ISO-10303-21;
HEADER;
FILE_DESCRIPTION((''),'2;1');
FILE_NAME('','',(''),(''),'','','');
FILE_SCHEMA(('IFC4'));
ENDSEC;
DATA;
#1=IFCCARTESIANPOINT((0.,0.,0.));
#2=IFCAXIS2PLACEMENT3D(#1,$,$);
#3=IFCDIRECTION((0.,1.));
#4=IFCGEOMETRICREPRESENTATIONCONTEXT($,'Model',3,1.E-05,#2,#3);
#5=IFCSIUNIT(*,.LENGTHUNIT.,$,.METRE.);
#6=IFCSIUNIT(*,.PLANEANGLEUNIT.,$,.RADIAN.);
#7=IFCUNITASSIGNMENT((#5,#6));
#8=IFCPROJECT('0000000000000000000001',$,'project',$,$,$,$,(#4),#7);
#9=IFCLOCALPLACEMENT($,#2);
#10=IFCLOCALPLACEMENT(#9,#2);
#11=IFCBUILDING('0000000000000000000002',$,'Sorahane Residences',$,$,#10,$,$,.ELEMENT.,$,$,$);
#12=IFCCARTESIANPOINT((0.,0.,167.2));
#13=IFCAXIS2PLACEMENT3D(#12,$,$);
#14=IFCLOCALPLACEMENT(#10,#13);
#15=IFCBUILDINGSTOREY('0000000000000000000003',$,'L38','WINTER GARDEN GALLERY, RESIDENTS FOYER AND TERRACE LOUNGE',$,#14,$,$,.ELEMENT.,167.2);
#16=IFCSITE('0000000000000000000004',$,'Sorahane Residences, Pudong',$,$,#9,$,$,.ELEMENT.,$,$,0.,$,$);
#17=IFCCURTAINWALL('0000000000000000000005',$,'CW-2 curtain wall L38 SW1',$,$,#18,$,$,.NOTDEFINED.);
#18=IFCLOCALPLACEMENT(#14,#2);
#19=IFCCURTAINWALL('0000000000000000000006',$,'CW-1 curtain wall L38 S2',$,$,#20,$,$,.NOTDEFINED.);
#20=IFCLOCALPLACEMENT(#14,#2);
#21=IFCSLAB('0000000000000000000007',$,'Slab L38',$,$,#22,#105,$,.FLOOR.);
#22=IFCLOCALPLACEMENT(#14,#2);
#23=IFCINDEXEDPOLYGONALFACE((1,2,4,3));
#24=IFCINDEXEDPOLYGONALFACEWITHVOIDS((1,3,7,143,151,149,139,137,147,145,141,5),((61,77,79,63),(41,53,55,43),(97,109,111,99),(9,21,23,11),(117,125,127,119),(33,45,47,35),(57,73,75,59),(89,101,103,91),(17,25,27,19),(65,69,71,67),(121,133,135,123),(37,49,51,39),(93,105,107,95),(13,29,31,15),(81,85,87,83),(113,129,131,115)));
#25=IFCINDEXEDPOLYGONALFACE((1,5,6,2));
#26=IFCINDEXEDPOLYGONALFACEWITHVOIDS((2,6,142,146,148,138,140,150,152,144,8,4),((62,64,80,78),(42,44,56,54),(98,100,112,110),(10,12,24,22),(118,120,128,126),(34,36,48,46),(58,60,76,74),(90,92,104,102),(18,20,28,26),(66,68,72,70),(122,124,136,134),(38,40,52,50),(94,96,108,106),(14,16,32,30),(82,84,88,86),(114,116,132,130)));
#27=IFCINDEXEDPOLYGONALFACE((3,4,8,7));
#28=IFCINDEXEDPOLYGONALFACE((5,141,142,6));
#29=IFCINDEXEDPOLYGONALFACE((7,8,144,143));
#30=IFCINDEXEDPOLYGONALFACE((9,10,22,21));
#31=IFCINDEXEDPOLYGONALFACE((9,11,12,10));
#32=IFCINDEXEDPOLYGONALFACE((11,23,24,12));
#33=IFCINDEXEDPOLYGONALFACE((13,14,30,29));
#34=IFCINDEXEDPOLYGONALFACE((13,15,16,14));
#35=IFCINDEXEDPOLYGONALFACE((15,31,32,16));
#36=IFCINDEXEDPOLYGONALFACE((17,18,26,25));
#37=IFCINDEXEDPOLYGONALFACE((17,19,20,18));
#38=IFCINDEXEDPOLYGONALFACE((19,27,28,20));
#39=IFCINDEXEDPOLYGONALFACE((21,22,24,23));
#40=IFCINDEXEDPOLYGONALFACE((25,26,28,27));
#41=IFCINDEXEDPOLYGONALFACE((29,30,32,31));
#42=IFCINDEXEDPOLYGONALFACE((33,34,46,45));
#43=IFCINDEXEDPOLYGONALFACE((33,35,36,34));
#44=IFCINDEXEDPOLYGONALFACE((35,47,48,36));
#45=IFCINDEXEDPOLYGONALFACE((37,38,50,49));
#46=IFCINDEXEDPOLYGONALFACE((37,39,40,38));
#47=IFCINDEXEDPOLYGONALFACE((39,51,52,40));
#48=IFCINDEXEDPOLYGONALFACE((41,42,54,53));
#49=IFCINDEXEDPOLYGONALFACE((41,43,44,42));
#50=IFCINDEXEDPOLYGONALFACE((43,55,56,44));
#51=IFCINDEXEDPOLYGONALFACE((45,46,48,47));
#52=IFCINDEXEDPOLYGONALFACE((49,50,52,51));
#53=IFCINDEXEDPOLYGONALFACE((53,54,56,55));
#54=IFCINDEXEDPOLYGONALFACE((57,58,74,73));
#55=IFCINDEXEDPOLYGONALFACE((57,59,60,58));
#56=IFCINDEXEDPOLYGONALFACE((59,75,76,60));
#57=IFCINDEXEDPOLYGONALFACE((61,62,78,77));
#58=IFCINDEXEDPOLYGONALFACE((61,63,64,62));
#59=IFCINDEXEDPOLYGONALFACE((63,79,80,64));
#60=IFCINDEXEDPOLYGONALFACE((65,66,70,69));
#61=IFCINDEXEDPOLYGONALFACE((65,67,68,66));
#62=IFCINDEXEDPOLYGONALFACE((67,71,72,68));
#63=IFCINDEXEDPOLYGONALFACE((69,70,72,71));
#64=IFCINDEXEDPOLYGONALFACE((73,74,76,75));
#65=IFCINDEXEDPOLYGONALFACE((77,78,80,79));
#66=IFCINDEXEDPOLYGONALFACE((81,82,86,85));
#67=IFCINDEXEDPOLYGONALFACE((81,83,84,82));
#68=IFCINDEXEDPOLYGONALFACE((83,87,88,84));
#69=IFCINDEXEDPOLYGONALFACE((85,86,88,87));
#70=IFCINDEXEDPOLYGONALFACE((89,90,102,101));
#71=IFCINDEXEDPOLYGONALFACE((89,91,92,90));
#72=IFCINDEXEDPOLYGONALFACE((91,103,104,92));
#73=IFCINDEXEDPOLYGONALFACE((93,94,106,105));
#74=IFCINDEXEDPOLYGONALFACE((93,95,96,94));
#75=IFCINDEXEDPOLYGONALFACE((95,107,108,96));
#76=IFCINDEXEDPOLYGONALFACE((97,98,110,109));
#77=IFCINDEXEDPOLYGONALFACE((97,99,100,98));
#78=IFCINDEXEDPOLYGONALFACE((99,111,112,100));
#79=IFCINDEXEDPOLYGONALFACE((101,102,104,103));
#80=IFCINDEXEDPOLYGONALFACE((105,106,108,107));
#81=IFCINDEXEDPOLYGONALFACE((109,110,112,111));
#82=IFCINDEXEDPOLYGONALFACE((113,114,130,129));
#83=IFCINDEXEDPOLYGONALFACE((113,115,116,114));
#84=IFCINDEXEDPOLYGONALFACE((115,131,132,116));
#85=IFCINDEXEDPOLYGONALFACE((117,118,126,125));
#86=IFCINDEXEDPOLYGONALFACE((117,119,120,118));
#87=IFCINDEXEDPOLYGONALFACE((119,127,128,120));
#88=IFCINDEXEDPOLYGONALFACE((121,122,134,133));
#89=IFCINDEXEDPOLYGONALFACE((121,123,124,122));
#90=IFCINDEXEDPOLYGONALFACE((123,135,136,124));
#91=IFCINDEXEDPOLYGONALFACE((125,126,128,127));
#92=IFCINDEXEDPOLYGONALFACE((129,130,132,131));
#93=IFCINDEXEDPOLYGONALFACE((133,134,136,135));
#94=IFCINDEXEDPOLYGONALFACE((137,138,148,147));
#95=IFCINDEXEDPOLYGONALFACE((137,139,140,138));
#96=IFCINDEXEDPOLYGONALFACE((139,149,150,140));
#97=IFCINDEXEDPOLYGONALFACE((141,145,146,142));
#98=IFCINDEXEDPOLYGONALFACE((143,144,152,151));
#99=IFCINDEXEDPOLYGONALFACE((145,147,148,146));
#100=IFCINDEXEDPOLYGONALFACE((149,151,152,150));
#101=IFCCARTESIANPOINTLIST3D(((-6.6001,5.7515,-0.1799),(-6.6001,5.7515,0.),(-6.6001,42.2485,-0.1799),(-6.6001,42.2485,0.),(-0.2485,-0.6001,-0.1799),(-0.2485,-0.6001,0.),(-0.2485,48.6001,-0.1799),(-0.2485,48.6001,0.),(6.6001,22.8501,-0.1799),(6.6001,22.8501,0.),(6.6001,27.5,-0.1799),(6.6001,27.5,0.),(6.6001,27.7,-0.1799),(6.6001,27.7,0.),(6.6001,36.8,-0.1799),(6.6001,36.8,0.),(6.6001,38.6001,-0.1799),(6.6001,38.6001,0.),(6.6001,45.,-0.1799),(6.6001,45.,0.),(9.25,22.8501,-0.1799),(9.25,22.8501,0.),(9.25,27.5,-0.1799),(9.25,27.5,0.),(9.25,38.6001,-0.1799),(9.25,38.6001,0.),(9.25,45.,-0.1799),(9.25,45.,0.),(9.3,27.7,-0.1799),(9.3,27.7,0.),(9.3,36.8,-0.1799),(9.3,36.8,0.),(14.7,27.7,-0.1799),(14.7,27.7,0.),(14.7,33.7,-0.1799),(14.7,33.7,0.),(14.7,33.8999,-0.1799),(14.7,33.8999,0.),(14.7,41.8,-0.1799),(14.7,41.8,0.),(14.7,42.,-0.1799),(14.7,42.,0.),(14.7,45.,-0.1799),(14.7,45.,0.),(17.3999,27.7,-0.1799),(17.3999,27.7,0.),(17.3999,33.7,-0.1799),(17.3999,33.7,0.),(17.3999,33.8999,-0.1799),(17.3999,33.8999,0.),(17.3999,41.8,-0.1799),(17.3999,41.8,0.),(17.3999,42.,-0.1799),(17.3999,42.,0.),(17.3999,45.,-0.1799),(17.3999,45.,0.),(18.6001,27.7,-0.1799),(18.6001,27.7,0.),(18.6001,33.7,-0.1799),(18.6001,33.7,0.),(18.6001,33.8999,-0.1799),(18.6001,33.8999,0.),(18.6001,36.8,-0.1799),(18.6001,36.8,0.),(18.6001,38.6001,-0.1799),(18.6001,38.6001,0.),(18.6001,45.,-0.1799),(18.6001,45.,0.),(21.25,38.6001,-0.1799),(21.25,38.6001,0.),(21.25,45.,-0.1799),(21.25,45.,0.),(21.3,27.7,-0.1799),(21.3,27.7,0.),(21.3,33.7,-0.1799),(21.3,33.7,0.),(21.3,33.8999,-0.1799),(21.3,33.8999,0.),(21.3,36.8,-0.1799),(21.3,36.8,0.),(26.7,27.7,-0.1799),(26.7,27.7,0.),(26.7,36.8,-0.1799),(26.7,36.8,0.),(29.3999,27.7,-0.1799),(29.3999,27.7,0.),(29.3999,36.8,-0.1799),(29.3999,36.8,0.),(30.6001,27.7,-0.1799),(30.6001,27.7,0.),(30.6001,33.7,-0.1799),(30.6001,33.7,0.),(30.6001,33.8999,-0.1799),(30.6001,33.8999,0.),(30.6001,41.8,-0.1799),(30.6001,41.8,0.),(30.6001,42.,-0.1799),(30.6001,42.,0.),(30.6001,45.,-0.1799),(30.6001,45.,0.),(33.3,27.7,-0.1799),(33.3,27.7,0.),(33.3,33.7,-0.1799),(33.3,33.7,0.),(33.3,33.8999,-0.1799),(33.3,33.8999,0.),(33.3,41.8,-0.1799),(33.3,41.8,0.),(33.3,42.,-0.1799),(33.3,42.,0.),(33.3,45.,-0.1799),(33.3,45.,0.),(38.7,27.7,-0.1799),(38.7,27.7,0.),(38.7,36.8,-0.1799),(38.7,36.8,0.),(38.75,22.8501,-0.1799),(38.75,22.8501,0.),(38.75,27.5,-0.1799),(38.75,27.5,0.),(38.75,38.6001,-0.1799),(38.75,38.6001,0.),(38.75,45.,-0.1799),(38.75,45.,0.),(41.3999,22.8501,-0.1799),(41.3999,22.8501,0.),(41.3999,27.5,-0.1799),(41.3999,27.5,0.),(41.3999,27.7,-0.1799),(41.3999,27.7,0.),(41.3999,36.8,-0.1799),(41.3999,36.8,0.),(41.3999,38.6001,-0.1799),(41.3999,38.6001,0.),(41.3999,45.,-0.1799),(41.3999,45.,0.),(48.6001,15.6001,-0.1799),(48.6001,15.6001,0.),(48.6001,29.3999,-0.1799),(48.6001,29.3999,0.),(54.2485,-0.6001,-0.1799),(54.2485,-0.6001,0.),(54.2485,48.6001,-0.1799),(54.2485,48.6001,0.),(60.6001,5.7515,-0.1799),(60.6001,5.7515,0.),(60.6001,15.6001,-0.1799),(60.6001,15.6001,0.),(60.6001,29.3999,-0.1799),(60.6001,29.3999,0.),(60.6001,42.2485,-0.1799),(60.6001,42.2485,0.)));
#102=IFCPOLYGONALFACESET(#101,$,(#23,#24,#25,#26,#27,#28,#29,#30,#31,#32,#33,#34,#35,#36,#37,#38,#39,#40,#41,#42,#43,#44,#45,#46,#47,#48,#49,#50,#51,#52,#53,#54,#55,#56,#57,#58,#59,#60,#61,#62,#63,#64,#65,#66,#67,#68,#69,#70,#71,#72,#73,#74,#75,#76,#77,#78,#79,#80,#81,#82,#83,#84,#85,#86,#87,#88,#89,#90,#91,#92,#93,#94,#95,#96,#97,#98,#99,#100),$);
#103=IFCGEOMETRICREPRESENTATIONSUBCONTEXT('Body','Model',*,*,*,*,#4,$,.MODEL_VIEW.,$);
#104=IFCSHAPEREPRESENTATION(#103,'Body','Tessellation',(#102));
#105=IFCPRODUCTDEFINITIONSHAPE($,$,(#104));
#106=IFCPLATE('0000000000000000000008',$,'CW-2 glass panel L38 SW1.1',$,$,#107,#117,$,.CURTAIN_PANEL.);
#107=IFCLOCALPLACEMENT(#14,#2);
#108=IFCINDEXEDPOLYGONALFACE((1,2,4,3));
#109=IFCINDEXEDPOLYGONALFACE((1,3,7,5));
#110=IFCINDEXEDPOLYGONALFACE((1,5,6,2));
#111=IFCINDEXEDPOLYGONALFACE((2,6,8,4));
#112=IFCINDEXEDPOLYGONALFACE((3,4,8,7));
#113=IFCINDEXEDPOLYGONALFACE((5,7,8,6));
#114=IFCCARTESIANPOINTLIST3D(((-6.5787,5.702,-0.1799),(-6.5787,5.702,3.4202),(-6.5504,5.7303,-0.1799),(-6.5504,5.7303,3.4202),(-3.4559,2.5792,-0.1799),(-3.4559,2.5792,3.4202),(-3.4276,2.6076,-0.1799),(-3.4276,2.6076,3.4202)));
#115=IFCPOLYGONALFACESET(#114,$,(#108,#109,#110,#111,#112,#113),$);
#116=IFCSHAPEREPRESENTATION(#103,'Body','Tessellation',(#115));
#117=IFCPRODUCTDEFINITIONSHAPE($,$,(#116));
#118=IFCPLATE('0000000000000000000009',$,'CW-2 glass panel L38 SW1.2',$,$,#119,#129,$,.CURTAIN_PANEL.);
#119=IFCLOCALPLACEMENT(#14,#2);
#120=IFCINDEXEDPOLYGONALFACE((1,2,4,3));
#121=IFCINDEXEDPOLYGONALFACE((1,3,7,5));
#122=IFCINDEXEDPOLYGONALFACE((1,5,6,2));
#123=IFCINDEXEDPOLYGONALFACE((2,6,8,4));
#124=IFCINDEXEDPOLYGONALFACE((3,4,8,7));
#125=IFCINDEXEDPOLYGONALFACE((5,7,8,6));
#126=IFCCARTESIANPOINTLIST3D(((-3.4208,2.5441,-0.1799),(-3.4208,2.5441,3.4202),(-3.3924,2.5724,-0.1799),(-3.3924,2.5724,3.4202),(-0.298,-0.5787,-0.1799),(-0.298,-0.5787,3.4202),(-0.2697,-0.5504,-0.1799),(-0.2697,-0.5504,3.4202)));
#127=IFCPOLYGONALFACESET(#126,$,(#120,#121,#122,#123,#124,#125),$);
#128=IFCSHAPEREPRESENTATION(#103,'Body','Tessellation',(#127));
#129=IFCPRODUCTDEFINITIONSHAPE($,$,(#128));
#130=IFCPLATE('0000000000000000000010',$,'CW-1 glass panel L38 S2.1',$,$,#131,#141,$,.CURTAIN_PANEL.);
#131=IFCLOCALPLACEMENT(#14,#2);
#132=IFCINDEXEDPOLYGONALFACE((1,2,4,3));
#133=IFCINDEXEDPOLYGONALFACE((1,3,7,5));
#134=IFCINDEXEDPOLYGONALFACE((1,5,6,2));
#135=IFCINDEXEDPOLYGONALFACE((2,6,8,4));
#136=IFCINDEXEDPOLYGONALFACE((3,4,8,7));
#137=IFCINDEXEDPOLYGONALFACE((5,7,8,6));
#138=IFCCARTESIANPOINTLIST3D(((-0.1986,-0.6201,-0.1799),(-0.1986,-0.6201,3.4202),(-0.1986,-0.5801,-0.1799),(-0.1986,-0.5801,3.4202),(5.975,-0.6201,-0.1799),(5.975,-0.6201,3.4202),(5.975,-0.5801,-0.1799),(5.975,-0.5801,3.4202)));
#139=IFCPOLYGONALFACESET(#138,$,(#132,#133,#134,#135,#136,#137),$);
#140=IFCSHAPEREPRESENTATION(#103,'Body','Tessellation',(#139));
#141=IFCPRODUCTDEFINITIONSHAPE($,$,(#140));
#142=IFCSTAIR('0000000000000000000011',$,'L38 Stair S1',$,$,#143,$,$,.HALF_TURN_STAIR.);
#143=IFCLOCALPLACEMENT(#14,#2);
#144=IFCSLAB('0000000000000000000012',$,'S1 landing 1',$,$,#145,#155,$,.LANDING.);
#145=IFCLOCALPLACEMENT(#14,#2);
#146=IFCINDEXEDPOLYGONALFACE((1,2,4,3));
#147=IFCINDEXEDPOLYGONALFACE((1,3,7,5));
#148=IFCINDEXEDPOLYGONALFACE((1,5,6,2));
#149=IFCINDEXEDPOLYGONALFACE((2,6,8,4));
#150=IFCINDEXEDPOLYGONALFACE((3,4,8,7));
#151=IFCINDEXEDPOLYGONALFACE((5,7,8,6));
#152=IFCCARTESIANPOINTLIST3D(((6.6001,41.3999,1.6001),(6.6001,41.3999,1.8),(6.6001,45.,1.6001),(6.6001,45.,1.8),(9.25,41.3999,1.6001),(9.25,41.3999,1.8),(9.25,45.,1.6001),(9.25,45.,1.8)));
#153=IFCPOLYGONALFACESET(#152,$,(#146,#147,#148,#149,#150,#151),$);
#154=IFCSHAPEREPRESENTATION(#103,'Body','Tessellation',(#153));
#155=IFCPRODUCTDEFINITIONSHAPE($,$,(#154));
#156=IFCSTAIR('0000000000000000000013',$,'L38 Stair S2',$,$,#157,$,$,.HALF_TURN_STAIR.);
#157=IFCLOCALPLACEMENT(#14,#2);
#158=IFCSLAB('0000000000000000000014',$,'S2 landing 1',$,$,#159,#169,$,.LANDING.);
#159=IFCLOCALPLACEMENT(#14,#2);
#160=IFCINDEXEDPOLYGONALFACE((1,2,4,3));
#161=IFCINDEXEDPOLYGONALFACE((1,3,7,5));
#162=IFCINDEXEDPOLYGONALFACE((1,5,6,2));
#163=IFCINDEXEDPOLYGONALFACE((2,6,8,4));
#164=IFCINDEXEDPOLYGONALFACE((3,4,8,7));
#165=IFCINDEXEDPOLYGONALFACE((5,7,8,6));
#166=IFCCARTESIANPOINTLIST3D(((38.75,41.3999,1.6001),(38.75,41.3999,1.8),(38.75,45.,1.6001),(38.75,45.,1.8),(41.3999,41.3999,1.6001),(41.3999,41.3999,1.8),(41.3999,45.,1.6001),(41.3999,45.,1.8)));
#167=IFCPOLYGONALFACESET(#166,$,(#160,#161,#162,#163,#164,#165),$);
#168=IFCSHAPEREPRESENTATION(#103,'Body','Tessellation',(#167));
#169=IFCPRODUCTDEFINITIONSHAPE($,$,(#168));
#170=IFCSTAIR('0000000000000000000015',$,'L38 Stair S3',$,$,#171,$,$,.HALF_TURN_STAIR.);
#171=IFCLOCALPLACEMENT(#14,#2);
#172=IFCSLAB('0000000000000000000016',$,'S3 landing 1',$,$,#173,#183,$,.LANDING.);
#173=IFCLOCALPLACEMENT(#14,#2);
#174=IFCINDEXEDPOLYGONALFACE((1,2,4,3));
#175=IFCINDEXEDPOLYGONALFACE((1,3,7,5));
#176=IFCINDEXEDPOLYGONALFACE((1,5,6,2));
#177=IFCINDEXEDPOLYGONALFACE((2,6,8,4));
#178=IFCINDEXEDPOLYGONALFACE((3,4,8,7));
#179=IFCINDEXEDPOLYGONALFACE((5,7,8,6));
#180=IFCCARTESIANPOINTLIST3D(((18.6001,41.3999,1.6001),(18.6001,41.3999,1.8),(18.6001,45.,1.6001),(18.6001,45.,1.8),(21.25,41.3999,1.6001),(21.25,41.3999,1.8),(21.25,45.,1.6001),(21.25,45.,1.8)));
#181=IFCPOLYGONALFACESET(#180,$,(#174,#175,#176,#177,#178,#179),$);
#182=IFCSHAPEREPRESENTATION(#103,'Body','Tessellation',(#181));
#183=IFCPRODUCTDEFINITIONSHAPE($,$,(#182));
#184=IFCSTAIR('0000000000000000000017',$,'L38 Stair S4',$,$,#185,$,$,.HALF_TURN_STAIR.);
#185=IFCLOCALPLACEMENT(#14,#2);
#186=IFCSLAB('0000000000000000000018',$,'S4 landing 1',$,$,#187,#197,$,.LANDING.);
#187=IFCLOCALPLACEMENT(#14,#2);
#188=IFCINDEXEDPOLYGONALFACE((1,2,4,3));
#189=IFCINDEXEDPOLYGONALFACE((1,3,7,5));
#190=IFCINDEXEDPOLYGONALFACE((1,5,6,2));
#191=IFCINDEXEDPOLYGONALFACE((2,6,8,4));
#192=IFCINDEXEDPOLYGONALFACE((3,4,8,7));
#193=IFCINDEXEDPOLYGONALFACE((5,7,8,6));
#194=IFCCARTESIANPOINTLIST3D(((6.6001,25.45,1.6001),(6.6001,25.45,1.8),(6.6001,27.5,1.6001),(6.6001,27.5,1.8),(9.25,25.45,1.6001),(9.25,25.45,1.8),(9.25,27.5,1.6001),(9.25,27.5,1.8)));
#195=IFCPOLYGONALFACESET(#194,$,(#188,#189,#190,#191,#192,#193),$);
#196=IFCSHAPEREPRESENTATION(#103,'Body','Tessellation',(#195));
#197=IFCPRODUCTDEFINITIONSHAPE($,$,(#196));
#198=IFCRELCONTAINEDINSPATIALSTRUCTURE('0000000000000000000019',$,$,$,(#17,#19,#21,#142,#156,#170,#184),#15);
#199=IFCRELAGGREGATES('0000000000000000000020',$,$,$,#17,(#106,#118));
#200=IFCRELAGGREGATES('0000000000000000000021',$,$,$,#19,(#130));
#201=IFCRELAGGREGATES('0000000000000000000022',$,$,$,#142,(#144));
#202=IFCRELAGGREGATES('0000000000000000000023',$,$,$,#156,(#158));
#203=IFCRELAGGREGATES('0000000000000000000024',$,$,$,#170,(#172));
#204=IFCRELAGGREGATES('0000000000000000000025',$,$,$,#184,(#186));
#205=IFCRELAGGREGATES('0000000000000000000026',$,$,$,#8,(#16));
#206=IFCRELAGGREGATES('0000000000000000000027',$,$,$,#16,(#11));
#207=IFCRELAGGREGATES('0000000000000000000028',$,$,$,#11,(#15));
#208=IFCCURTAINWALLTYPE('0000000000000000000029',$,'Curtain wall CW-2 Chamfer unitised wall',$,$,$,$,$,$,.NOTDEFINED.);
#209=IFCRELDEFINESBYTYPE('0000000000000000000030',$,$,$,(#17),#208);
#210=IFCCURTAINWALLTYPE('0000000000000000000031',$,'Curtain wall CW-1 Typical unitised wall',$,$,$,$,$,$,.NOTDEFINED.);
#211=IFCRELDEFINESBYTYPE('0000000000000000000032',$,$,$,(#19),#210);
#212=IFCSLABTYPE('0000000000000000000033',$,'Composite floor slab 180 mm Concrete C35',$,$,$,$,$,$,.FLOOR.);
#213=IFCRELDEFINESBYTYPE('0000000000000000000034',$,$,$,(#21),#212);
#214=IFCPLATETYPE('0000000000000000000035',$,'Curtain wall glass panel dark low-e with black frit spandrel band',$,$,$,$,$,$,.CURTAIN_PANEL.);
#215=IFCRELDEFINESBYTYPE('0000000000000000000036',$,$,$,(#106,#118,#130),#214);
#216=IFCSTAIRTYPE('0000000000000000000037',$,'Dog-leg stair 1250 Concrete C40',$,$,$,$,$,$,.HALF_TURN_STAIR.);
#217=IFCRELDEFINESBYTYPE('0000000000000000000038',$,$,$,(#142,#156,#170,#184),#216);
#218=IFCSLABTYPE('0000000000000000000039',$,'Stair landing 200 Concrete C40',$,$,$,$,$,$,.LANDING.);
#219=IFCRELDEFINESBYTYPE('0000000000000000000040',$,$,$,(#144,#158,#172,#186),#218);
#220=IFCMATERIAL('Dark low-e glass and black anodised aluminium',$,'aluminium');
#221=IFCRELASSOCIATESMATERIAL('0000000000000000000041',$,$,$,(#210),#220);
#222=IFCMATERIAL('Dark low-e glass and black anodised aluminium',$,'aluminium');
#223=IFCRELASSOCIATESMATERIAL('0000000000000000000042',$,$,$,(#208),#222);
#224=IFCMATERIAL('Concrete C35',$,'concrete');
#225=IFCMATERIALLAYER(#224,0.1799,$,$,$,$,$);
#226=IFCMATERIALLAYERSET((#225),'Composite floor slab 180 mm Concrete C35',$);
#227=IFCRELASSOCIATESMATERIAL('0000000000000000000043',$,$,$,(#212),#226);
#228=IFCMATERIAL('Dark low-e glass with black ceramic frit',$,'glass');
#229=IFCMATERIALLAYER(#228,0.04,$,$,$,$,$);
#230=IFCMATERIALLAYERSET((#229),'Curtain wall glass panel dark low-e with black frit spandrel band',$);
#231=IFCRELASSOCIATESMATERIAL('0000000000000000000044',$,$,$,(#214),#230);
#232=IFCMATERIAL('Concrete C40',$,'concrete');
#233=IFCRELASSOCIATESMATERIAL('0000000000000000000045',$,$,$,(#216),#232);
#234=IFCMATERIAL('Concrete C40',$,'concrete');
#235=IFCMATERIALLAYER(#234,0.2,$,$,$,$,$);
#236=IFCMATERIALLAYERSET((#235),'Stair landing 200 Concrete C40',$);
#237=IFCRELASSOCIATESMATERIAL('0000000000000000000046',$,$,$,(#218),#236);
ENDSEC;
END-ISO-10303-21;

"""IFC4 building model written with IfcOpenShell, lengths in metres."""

from ifc_helpers import new_model, si_unit, direction, frame, origin, origin_2d, place, context, subcontext, project, spatial, polyline, rectangle, outline, extrude, material, layer, layer_set, type_object, element, aggregate, save


model = new_model("IFC4")

# Units and contexts
model_context = context("Model", 3, precision=1e-05, world=origin(), true_north=direction((0.0, 1.0)))
body_context = subcontext(model_context, "Body", "Model", "MODEL_VIEW")
ifc_project = project(units=[si_unit("LENGTHUNIT", "METRE"), si_unit("PLANEANGLEUNIT", "RADIAN")], contexts=[model_context])

# Site, building, storey
site_placement = place(None, origin())
site = spatial("IfcSite", under=ifc_project, at=site_placement, Name="Sorahane Residences, Pudong", CompositionType="ELEMENT", RefElevation=0.0)
building_placement = place(site_placement, origin())
building = spatial("IfcBuilding", under=site, at=building_placement, Name="Sorahane Residences", CompositionType="ELEMENT")
storey_placement = place(building_placement, frame((0.0, 0.0, 167.2)))
storey = spatial("IfcBuildingStorey", under=building, at=storey_placement, Name="L38", Description="WINTER GARDEN GALLERY, RESIDENTS FOYER AND TERRACE LOUNGE", CompositionType="ELEMENT", Elevation=167.2)

# Shared definitions
ifc_material_1 = material(Name="Dark low-e glass and black anodised aluminium", Category="aluminium")
curtain_wall_type_1 = type_object("IfcCurtainWallType", Name="Curtain wall CW-1 Typical unitised wall", PredefinedType="NOTDEFINED", material=ifc_material_1)

# Curtain wall
ifc_material_2 = material(Name="Dark low-e glass and black anodised aluminium", Category="aluminium")
curtain_wall_type_2 = type_object("IfcCurtainWallType", Name="Curtain wall CW-2 Chamfer unitised wall", PredefinedType="NOTDEFINED", material=ifc_material_2)
curtain_wall_1_placement = place(storey_placement, origin())
curtain_wall_1 = element("IfcCurtainWall", 1, at=curtain_wall_1_placement, inside=storey, type_object=curtain_wall_type_2, Name="CW-2 curtain wall L38 SW1", PredefinedType="NOTDEFINED")

# Curtain wall
curtain_wall_2_placement = place(storey_placement, origin())
curtain_wall_2 = element("IfcCurtainWall", 2, at=curtain_wall_2_placement, inside=storey, type_object=curtain_wall_type_1, Name="CW-1 curtain wall L38 S2", PredefinedType="NOTDEFINED")

# Slab
ifc_material_3 = material(Name="Concrete C35", Category="concrete")
ifc_layer_1 = layer(ifc_material_3, 0.1799)
ifc_layer_set_1 = layer_set([ifc_layer_1], Name="Composite floor slab 180 mm Concrete C35")
slab_type_1 = type_object("IfcSlabType", Name="Composite floor slab 180 mm Concrete C35", PredefinedType="FLOOR", material=ifc_layer_set_1)
slab_1_placement = place(storey_placement, frame((0.0, 0.0, -0.1799)))
element("IfcSlab", 3, at=slab_1_placement, inside=storey, type_object=slab_type_1, Name="Slab L38", PredefinedType="FLOOR", context=body_context, shape_type="SweptSolid", body=[
    extrude(outline(polyline([(60.6001, 5.7515), (54.2485, -0.6001), (-0.2485, -0.6001), (-6.6001, 5.7515), (-6.6001, 42.2485), (-0.2485, 48.6001), (54.2485, 48.6001), (60.6001, 42.2485), (60.6001, 29.3999), (48.6001, 29.3999), (48.6001, 15.6001), (60.6001, 15.6001), (60.6001, 5.7515)]), holes=[polyline([(18.6001, 27.7), (21.3, 27.7), (21.3, 33.7), (18.6001, 33.7), (18.6001, 27.7)]), polyline([(38.7, 27.7), (41.3999, 27.7), (41.3999, 36.8), (38.7, 36.8), (38.7, 27.7)]), polyline([(30.6001, 27.7), (33.3, 27.7), (33.3, 33.7), (30.6001, 33.7), (30.6001, 27.7)]), polyline([(30.6001, 42.0), (33.3, 42.0), (33.3, 45.0), (30.6001, 45.0), (30.6001, 42.0)]), polyline([(14.7, 27.7), (17.3999, 27.7), (17.3999, 33.7), (14.7, 33.7), (14.7, 27.7)]), polyline([(14.7, 42.0), (17.3999, 42.0), (17.3999, 45.0), (14.7, 45.0), (14.7, 42.0)]), polyline([(6.6001, 27.7), (9.3, 27.7), (9.3, 36.8), (6.6001, 36.8), (6.6001, 27.7)]), polyline([(9.25, 38.6001), (9.25, 45.0), (6.6001, 45.0), (6.6001, 38.6001), (9.25, 38.6001)]), polyline([(41.3999, 38.6001), (41.3999, 45.0), (38.75, 45.0), (38.75, 38.6001), (41.3999, 38.6001)]), polyline([(21.25, 38.6001), (21.25, 45.0), (18.6001, 45.0), (18.6001, 38.6001), (21.25, 38.6001)]), polyline([(9.25, 22.8501), (9.25, 27.5), (6.6001, 27.5), (6.6001, 22.8501), (9.25, 22.8501)]), polyline([(41.3999, 22.8501), (41.3999, 27.5), (38.75, 27.5), (38.75, 22.8501), (41.3999, 22.8501)]), polyline([(14.7, 33.8999), (17.3999, 33.8999), (17.3999, 41.8), (14.7, 41.8), (14.7, 33.8999)]), polyline([(30.6001, 33.8999), (33.3, 33.8999), (33.3, 41.8), (30.6001, 41.8), (30.6001, 33.8999)]), polyline([(18.6001, 33.8999), (21.3, 33.8999), (21.3, 36.8), (18.6001, 36.8), (18.6001, 33.8999)]), polyline([(26.7, 27.7), (29.3999, 27.7), (29.3999, 36.8), (26.7, 36.8), (26.7, 27.7)])]), origin(), (0.0, 0.0, 1.0), 0.1799),
])

# Plates
ifc_material_4 = material(Name="Dark low-e glass with black ceramic frit", Category="glass")
ifc_layer_2 = layer(ifc_material_4, 0.04)
ifc_layer_set_2 = layer_set([ifc_layer_2], Name="Curtain wall glass panel dark low-e with black frit spandrel band")
plate_type = type_object("IfcPlateType", Name="Curtain wall glass panel dark low-e with black frit spandrel band", PredefinedType="CURTAIN_PANEL", material=ifc_layer_set_2)
plate_1_placement = place(storey_placement, frame((-5.0032, 4.1548, -0.1799), z_axis=(0.0, 0.0, 1.0), x_axis=(0.707107, -0.707107, 0.0)))
plate_1 = element("IfcPlate", 4, at=plate_1_placement, type_object=plate_type, Name="CW-2 glass panel L38 SW1.1", PredefinedType="CURTAIN_PANEL", context=body_context, shape_type="SweptSolid", body=[
    extrude(rectangle(XDim=4.4163, YDim=0.04, at=origin_2d()), origin(), (0.0, 0.0, 1.0), 3.6001),
])
plate_2_placement = place(storey_placement, frame((-1.8452, 0.9968, -0.1799), z_axis=(0.0, 0.0, 1.0), x_axis=(0.707107, -0.707107, 0.0)))
plate_2 = element("IfcPlate", 5, at=plate_2_placement, type_object=plate_type, Name="CW-2 glass panel L38 SW1.2", PredefinedType="CURTAIN_PANEL", context=body_context, shape_type="SweptSolid", body=[
    extrude(rectangle(XDim=4.4163, YDim=0.04, at=origin_2d()), origin(), (0.0, 0.0, 1.0), 3.6001),
])
aggregate(curtain_wall_1, [plate_1, plate_2])
plate_3_placement = place(storey_placement, frame((2.8882, -0.6001, -0.1799), z_axis=(0.0, 0.0, 1.0), x_axis=(1.0, 0.0, 0.0)))
plate_3 = element("IfcPlate", 6, at=plate_3_placement, type_object=plate_type, Name="CW-1 glass panel L38 S2.1", PredefinedType="CURTAIN_PANEL", context=body_context, shape_type="SweptSolid", body=[
    extrude(rectangle(XDim=6.1736, YDim=0.04, at=origin_2d()), origin(), (0.0, 0.0, 1.0), 3.6001),
])
aggregate(curtain_wall_2, [plate_3])

# Stairs, slabs
ifc_material_5 = material(Name="Concrete C40", Category="concrete")
stair_type = type_object("IfcStairType", Name="Dog-leg stair 1250 Concrete C40", PredefinedType="HALF_TURN_STAIR", material=ifc_material_5)
stair_1_placement = place(storey_placement, origin())
stair_1 = element("IfcStair", 7, at=stair_1_placement, inside=storey, type_object=stair_type, Name="L38 Stair S1", PredefinedType="HALF_TURN_STAIR")
ifc_material_6 = material(Name="Concrete C40", Category="concrete")
ifc_layer_3 = layer(ifc_material_6, 0.2)
ifc_layer_set_3 = layer_set([ifc_layer_3], Name="Stair landing 200 Concrete C40")
slab_type_2 = type_object("IfcSlabType", Name="Stair landing 200 Concrete C40", PredefinedType="LANDING", material=ifc_layer_set_3)
slab_2_placement = place(storey_placement, frame((0.0, 0.0, 1.6001)))
slab_2 = element("IfcSlab", 8, at=slab_2_placement, type_object=slab_type_2, Name="S1 landing 1", PredefinedType="LANDING", context=body_context, shape_type="SweptSolid", body=[
    extrude(outline(polyline([(9.25, 41.3999), (9.25, 45.0), (6.6001, 45.0), (6.6001, 41.3999), (9.25, 41.3999)])), origin(), (0.0, 0.0, 1.0), 0.2),
])
aggregate(stair_1, [slab_2])
stair_2_placement = place(storey_placement, origin())
stair_2 = element("IfcStair", 9, at=stair_2_placement, inside=storey, type_object=stair_type, Name="L38 Stair S2", PredefinedType="HALF_TURN_STAIR")
slab_3_placement = place(storey_placement, frame((0.0, 0.0, 1.6001)))
slab_3 = element("IfcSlab", 10, at=slab_3_placement, type_object=slab_type_2, Name="S2 landing 1", PredefinedType="LANDING", context=body_context, shape_type="SweptSolid", body=[
    extrude(outline(polyline([(41.3999, 41.3999), (41.3999, 45.0), (38.75, 45.0), (38.75, 41.3999), (41.3999, 41.3999)])), origin(), (0.0, 0.0, 1.0), 0.2),
])
aggregate(stair_2, [slab_3])
stair_3_placement = place(storey_placement, origin())
stair_3 = element("IfcStair", 11, at=stair_3_placement, inside=storey, type_object=stair_type, Name="L38 Stair S3", PredefinedType="HALF_TURN_STAIR")
slab_4_placement = place(storey_placement, frame((0.0, 0.0, 1.6001)))
slab_4 = element("IfcSlab", 12, at=slab_4_placement, type_object=slab_type_2, Name="S3 landing 1", PredefinedType="LANDING", context=body_context, shape_type="SweptSolid", body=[
    extrude(outline(polyline([(21.25, 41.3999), (21.25, 45.0), (18.6001, 45.0), (18.6001, 41.3999), (21.25, 41.3999)])), origin(), (0.0, 0.0, 1.0), 0.2),
])
aggregate(stair_3, [slab_4])
stair_4_placement = place(storey_placement, origin())
stair_4 = element("IfcStair", 13, at=stair_4_placement, inside=storey, type_object=stair_type, Name="L38 Stair S4", PredefinedType="HALF_TURN_STAIR")
slab_5_placement = place(storey_placement, frame((0.0, 0.0, 1.6001)))
slab_5 = element("IfcSlab", 14, at=slab_5_placement, type_object=slab_type_2, Name="S4 landing 1", PredefinedType="LANDING", context=body_context, shape_type="SweptSolid", body=[
    extrude(outline(polyline([(9.25, 25.45), (9.25, 27.5), (6.6001, 27.5), (6.6001, 25.45), (9.25, 25.45)])), origin(), (0.0, 0.0, 1.0), 0.2),
])
aggregate(stair_4, [slab_5])

save(model, "model.ifc")
